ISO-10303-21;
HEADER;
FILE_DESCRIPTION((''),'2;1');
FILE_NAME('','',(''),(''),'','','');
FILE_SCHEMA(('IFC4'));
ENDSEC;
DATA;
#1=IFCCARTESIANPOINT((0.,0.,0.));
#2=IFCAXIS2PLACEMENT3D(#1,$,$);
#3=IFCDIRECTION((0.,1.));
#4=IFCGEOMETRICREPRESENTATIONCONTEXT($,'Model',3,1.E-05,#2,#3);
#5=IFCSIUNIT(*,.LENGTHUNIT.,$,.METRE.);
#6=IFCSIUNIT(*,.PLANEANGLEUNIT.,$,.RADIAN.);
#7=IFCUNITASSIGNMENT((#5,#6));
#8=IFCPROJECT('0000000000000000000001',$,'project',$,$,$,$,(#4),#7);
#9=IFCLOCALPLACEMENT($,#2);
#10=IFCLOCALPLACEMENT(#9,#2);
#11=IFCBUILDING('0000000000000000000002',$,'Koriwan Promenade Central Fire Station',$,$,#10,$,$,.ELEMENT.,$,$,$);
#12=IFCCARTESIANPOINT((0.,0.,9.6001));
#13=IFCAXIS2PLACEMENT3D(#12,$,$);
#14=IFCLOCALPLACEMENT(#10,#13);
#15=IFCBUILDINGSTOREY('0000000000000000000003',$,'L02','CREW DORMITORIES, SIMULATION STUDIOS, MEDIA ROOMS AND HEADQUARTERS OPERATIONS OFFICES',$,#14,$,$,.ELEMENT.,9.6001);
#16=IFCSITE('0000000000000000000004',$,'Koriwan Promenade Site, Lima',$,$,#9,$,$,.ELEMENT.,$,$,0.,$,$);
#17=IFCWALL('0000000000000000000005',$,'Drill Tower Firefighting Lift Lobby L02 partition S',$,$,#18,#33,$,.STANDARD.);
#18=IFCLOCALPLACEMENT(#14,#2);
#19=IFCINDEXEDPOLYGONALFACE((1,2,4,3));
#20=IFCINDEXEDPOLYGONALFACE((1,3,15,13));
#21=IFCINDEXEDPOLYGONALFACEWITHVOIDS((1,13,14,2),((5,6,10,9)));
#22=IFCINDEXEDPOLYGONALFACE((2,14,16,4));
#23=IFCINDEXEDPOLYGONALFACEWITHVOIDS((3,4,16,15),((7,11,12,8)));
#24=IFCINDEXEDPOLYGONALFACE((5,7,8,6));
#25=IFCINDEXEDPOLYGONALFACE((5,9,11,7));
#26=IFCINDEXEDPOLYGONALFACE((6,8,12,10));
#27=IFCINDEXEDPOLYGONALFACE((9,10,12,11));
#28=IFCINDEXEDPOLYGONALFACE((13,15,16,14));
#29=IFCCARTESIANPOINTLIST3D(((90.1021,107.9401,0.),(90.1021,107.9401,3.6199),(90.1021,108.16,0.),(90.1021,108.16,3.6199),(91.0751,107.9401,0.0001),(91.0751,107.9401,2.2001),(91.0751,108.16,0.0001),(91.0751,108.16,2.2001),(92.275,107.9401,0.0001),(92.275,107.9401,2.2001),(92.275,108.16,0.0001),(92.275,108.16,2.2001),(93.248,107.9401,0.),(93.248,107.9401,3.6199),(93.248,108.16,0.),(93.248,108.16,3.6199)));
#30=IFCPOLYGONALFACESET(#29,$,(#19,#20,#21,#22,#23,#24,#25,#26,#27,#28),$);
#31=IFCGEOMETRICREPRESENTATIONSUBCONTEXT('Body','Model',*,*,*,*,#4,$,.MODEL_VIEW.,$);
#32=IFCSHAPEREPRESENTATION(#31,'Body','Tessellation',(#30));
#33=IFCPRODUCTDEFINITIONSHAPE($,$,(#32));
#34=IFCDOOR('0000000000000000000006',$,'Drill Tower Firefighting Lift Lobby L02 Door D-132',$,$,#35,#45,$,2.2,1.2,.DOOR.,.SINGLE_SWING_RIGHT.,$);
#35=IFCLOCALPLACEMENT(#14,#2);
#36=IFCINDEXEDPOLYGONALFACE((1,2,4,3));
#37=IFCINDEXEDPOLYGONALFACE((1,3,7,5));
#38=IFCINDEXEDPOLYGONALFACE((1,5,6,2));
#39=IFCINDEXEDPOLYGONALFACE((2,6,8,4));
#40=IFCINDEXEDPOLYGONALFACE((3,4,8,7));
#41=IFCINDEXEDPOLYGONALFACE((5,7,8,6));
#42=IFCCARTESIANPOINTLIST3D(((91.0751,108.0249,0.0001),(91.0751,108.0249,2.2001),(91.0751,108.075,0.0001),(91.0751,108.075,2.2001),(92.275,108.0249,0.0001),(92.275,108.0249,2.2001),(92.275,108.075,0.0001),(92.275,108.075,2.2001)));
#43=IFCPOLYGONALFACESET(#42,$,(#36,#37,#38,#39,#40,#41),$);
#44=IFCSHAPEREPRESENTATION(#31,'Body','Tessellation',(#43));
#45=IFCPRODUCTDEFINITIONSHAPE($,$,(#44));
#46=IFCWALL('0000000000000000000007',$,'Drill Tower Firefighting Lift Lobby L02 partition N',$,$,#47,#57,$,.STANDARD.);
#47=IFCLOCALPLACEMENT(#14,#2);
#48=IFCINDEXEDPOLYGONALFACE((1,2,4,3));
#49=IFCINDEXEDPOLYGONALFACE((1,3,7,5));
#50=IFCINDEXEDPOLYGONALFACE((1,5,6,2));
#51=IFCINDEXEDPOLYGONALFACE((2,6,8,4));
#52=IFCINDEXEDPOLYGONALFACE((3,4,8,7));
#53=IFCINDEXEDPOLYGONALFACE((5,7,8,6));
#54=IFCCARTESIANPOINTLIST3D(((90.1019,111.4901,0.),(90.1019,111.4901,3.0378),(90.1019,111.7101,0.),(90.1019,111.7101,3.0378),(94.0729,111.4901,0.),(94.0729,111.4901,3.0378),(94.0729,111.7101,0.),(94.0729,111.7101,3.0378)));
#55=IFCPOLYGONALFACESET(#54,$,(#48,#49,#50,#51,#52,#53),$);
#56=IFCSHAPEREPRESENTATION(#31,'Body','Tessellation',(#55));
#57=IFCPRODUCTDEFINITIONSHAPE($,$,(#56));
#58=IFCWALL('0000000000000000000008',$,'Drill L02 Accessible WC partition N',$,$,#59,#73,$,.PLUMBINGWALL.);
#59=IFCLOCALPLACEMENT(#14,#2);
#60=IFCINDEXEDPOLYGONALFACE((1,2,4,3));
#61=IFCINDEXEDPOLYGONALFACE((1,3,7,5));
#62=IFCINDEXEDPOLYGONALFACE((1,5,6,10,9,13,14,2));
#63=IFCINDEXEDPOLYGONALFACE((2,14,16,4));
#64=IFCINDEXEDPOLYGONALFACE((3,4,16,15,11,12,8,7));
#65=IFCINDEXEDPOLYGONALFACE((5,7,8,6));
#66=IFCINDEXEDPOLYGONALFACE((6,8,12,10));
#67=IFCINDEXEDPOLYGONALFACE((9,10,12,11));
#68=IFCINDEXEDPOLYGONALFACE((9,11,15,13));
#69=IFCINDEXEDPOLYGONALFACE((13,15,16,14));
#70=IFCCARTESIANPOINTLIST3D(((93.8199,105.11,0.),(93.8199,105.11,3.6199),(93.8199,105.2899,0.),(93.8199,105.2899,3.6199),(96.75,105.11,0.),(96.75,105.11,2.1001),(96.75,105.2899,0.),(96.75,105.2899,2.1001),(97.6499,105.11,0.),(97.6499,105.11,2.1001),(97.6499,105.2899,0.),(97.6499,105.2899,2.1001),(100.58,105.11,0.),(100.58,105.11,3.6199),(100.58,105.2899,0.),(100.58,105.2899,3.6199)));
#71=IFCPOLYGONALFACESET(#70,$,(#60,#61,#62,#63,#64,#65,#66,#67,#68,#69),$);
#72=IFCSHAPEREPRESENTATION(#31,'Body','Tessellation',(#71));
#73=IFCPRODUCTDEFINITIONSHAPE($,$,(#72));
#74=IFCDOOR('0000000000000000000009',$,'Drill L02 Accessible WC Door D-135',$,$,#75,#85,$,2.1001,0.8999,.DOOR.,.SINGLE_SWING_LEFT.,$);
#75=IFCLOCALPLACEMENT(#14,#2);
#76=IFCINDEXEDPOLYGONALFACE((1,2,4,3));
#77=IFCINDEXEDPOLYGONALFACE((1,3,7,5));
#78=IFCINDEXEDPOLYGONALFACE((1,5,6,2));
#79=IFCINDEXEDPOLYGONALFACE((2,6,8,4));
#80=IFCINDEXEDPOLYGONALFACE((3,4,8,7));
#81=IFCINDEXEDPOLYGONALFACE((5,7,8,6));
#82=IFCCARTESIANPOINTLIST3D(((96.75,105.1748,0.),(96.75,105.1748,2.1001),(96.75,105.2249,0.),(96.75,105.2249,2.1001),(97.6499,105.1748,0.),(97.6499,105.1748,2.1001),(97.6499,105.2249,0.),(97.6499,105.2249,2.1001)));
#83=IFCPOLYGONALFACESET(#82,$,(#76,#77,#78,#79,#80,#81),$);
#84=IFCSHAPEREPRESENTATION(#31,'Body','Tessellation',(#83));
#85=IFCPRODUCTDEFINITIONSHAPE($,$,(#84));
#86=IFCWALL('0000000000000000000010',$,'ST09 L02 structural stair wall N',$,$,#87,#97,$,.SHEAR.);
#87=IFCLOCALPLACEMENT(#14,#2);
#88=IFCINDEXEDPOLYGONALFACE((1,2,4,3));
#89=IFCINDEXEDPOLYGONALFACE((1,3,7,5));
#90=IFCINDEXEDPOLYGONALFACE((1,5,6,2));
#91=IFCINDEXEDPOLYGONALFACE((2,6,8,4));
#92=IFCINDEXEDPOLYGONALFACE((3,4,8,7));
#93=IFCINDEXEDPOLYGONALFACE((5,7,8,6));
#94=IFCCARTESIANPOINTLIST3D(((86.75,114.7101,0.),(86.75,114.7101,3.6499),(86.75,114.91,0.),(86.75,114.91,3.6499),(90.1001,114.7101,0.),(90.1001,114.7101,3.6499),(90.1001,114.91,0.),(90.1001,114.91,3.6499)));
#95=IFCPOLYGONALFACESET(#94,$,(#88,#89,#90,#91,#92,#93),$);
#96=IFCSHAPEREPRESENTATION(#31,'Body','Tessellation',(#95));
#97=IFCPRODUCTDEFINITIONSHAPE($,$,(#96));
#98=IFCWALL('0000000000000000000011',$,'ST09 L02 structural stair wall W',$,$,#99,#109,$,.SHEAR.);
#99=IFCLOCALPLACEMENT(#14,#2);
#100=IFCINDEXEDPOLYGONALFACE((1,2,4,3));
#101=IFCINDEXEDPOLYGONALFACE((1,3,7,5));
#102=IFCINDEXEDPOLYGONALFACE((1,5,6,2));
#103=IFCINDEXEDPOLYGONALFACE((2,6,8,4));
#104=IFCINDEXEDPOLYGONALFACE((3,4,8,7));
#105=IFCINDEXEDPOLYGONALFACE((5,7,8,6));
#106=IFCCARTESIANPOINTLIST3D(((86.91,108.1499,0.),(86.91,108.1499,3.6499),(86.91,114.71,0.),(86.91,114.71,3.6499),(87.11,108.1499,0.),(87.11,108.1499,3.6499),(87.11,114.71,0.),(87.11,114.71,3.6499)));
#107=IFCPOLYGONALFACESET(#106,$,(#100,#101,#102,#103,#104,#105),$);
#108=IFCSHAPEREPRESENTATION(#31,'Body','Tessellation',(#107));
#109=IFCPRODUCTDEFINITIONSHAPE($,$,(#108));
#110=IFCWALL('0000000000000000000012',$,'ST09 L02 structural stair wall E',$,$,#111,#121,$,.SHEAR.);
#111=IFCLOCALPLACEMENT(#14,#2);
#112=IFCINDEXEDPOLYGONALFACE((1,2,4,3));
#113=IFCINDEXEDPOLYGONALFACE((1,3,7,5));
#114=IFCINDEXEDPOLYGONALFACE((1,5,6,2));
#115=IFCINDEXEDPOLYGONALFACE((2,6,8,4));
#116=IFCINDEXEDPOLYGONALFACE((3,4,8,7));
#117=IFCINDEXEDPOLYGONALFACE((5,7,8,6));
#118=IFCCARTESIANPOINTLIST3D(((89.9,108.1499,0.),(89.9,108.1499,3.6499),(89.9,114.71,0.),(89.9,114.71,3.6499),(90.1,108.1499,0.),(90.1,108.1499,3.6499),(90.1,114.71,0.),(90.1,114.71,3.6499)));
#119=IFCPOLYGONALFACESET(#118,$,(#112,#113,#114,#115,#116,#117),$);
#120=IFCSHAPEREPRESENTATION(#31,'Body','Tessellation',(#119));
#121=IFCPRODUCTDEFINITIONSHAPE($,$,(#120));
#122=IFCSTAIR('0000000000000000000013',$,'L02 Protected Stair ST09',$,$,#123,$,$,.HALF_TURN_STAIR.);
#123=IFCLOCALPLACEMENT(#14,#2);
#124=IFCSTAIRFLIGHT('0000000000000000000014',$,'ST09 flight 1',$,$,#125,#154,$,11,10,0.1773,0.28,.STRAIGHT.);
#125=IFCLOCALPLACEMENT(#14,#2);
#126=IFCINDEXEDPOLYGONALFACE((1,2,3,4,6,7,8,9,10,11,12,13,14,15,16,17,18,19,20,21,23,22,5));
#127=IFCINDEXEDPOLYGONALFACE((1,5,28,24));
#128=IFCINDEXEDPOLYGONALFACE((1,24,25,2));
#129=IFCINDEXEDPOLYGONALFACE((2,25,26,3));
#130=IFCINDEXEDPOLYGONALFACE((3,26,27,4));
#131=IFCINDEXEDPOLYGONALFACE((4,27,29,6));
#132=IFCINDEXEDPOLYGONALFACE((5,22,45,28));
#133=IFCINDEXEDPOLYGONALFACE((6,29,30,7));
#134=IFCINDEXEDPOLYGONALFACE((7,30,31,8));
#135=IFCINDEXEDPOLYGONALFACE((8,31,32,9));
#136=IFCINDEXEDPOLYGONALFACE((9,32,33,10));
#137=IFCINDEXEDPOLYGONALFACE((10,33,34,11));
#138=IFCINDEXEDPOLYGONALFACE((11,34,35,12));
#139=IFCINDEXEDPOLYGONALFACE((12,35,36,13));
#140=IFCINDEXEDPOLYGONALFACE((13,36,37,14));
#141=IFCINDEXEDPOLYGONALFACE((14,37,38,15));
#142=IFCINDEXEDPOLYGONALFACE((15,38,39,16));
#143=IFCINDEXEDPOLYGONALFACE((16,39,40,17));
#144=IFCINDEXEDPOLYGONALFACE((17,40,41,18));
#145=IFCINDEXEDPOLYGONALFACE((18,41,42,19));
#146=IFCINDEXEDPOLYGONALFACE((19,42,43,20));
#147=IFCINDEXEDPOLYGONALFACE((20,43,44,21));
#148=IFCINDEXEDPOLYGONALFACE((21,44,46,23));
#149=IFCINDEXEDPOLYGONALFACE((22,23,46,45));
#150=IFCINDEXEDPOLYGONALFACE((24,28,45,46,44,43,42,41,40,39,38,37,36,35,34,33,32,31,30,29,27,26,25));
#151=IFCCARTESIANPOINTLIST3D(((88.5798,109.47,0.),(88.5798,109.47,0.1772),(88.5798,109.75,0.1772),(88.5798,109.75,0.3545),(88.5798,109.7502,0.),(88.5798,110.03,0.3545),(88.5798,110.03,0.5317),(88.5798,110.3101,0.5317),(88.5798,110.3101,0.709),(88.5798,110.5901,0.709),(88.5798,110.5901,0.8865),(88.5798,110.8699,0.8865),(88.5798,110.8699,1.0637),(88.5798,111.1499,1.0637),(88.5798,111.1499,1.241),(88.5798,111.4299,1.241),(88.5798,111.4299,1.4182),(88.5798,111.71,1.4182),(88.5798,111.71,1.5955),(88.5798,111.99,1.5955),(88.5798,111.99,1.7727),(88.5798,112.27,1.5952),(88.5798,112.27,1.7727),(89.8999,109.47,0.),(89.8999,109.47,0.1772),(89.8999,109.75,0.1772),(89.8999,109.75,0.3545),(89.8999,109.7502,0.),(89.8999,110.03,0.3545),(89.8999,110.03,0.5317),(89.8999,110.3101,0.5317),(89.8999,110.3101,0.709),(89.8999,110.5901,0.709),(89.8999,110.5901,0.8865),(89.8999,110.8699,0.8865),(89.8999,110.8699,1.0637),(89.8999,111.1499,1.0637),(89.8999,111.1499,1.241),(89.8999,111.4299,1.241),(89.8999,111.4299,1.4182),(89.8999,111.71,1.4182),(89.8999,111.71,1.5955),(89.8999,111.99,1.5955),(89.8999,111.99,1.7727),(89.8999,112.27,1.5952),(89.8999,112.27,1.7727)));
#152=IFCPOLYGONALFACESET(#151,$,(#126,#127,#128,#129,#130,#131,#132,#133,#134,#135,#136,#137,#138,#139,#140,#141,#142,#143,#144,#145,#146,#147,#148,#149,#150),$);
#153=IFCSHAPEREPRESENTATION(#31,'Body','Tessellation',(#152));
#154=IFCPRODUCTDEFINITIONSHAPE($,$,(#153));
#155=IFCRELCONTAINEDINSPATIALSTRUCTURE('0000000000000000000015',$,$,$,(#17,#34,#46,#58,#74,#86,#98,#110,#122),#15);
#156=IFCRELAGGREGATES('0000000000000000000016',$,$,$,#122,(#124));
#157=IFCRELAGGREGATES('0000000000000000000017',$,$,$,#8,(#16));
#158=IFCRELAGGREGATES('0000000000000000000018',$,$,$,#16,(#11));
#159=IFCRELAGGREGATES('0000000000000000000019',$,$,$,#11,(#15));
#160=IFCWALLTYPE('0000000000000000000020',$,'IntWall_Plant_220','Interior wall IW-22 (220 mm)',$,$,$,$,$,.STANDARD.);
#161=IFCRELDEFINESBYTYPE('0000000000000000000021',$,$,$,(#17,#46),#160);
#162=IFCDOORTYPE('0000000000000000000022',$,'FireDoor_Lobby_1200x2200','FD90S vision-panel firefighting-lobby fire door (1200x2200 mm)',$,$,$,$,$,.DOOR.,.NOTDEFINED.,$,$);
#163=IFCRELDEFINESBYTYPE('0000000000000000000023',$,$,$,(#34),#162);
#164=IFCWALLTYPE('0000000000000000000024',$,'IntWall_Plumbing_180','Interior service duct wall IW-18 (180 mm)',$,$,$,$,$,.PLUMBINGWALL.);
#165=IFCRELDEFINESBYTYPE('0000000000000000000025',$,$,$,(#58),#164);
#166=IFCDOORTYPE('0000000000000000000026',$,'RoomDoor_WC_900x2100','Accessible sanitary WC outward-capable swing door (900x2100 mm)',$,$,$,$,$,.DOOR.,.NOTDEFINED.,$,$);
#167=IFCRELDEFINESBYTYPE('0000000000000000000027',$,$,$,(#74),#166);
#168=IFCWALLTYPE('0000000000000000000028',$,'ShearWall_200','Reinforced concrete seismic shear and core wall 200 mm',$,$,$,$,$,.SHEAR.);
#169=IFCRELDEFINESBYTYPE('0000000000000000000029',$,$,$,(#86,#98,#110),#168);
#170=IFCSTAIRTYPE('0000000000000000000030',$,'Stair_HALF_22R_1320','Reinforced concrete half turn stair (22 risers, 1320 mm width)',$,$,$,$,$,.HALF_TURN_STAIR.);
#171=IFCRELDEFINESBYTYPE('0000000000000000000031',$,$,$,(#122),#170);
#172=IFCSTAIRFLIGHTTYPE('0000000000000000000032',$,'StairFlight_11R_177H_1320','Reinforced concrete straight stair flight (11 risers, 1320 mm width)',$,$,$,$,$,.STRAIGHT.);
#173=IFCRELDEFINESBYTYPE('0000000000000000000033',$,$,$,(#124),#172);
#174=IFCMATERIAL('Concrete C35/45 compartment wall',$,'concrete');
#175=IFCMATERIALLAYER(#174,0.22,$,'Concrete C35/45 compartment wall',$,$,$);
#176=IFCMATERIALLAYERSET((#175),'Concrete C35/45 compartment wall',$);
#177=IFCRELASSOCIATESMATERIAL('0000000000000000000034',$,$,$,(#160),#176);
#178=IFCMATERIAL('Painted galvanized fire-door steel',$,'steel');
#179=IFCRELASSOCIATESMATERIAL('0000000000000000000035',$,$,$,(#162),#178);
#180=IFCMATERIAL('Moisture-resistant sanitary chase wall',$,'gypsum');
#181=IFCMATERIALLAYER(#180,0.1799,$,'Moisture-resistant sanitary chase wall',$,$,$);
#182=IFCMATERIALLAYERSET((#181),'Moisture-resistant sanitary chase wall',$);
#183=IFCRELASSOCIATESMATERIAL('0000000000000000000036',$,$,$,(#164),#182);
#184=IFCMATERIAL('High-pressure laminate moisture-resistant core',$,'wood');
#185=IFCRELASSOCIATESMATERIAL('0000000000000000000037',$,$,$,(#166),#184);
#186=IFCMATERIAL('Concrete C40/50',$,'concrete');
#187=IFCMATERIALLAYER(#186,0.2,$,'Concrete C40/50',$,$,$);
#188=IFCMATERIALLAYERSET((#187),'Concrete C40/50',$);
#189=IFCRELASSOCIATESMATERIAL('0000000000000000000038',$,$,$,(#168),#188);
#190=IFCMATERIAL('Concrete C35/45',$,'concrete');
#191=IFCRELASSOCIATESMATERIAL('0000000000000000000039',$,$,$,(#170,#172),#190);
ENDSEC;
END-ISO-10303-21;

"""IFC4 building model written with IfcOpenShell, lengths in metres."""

from ifc_helpers import new_model, si_unit, direction, frame, frame_2d, origin, place, context, subcontext, project, spatial, polyline, rectangle, outline, extrude, material, layer, layer_set, type_object, element, fill, aggregate, save


model = new_model("IFC4")

# Units and contexts
model_context = context("Model", 3, precision=1e-05, world=origin(), true_north=direction((0.0, 1.0)))
body_context = subcontext(model_context, "Body", "Model", "MODEL_VIEW")
ifc_project = project(units=[si_unit("LENGTHUNIT", "METRE"), si_unit("PLANEANGLEUNIT", "RADIAN")], contexts=[model_context])

# Site, building, storey
site_placement = place(None, origin())
site = spatial("IfcSite", under=ifc_project, at=site_placement, Name="Koriwan Promenade Site, Lima", CompositionType="ELEMENT", RefElevation=0.0)
building_placement = place(site_placement, origin())
building = spatial("IfcBuilding", under=site, at=building_placement, Name="Koriwan Promenade Central Fire Station", CompositionType="ELEMENT")
storey_placement = place(building_placement, frame((0.0, 0.0, 9.6001)))
storey = spatial("IfcBuildingStorey", under=building, at=storey_placement, Name="L02", Description="CREW DORMITORIES, SIMULATION STUDIOS, MEDIA ROOMS AND HEADQUARTERS OPERATIONS OFFICES", CompositionType="ELEMENT", Elevation=9.6001)

# Shared definitions
ifc_material_1 = material(Name="Concrete C40/50", Category="concrete")

# Shared definitions
ifc_material_2 = material(Name="Concrete C35/45", Category="concrete")

# Wall, opening, door
ifc_material_3 = material(Name="Concrete C35/45 compartment wall", Category="concrete")
ifc_layer_1 = layer(ifc_material_3, 0.22, Name="Concrete C35/45 compartment wall")
ifc_layer_set_1 = layer_set([ifc_layer_1], Name="Concrete C35/45 compartment wall")
wall_type_1 = type_object("IfcWallType", Name="IntWall_Plant_220", Description="Interior wall IW-22 (220 mm)", PredefinedType="STANDARD", material=ifc_layer_set_1)
wall_1_placement = place(storey_placement, frame((90.1021, 108.05, 0.0), z_axis=(0.0, 0.0, 1.0), x_axis=(1.0, 0.0, 0.0)))
wall_1 = element("IfcWall", 1, at=wall_1_placement, inside=storey, type_object=wall_type_1, Name="Drill Tower Firefighting Lift Lobby L02 partition S", PredefinedType="STANDARD", context=body_context, shape_type="SweptSolid", body=[
    extrude(rectangle(XDim=3.146, YDim=0.22, at=frame_2d((1.573, 0.0))), origin(), (0.0, 0.0, 1.0), 3.6199),
])
opening_1_placement = place(wall_1_placement, frame((0.9729, 0.0, 0.0)))
opening_1 = element("IfcOpeningElement", 2, at=opening_1_placement, cuts=wall_1, PredefinedType="OPENING", context=body_context, shape_type="SweptSolid", body=[
    extrude(rectangle(XDim=1.2, YDim=2.2, at=frame_2d((0.6001, 1.1001))), frame((0.0, 0.1221, 0.0), z_axis=(0.0, -1.0, 0.0), x_axis=(1.0, 0.0, 0.0)), (0.0, 0.0, 1.0), 0.2439),
])
ifc_material_4 = material(Name="Painted galvanized fire-door steel", Category="steel")
door_type_1 = type_object("IfcDoorType", Name="FireDoor_Lobby_1200x2200", Description="FD90S vision-panel firefighting-lobby fire door (1200x2200 mm)", OperationType="NOTDEFINED", PredefinedType="DOOR", material=ifc_material_4)
door_1_placement = place(opening_1_placement, origin())
door_1 = element("IfcDoor", 3, at=door_1_placement, inside=storey, type_object=door_type_1, Name="Drill Tower Firefighting Lift Lobby L02 Door D-132", OperationType="SINGLE_SWING_RIGHT", OverallHeight=2.2, OverallWidth=1.2, PredefinedType="DOOR", context=body_context, shape_type="SweptSolid", body=[
    extrude(rectangle(XDim=1.2, YDim=2.2, at=frame_2d((0.6001, 1.1001))), frame((0.0, 0.0249, 0.0), z_axis=(0.0, -1.0, 0.0), x_axis=(1.0, 0.0, 0.0)), (0.0, 0.0, 1.0), 0.05),
])
fill(opening_1, door_1)

# Wall
wall_2_placement = place(storey_placement, frame((90.1021, 111.6001, 0.0), z_axis=(0.0, 0.0, 1.0), x_axis=(1.0, 0.0, 0.0)))
element("IfcWall", 4, at=wall_2_placement, inside=storey, type_object=wall_type_1, Name="Drill Tower Firefighting Lift Lobby L02 partition N", PredefinedType="STANDARD", context=body_context, shape_type="SweptSolid", body=[
    extrude(rectangle(XDim=3.9709, YDim=0.22, at=frame_2d((1.9854, 0.0))), origin(), (0.0, 0.0, 1.0), 3.0378),
])

# Wall, opening, door
ifc_material_5 = material(Name="Moisture-resistant sanitary chase wall", Category="gypsum")
ifc_layer_2 = layer(ifc_material_5, 0.1799, Name="Moisture-resistant sanitary chase wall")
ifc_layer_set_2 = layer_set([ifc_layer_2], Name="Moisture-resistant sanitary chase wall")
wall_type_2 = type_object("IfcWallType", Name="IntWall_Plumbing_180", Description="Interior service duct wall IW-18 (180 mm)", PredefinedType="PLUMBINGWALL", material=ifc_layer_set_2)
wall_3_placement = place(storey_placement, frame((93.8201, 105.2, 0.0), z_axis=(0.0, 0.0, 1.0), x_axis=(1.0, 0.0, 0.0)))
wall_3 = element("IfcWall", 5, at=wall_3_placement, inside=storey, type_object=wall_type_2, Name="Drill L02 Accessible WC partition N", PredefinedType="PLUMBINGWALL", context=body_context, shape_type="SweptSolid", body=[
    extrude(rectangle(XDim=6.76, YDim=0.1799, at=frame_2d((3.3799, 0.0))), origin(), (0.0, 0.0, 1.0), 3.6199),
])
opening_2_placement = place(wall_3_placement, frame((2.9299, 0.0, 0.0)))
opening_2 = element("IfcOpeningElement", 6, at=opening_2_placement, cuts=wall_3, PredefinedType="OPENING", context=body_context, shape_type="SweptSolid", body=[
    extrude(rectangle(XDim=0.8999, YDim=2.1001, at=frame_2d((0.45, 1.05))), frame((0.0, 0.1021, 0.0), z_axis=(0.0, -1.0, 0.0), x_axis=(1.0, 0.0, 0.0)), (0.0, 0.0, 1.0), 0.2039),
])
ifc_material_6 = material(Name="High-pressure laminate moisture-resistant core", Category="wood")
door_type_2 = type_object("IfcDoorType", Name="RoomDoor_WC_900x2100", Description="Accessible sanitary WC outward-capable swing door (900x2100 mm)", OperationType="NOTDEFINED", PredefinedType="DOOR", material=ifc_material_6)
door_2_placement = place(opening_2_placement, origin())
door_2 = element("IfcDoor", 7, at=door_2_placement, inside=storey, type_object=door_type_2, Name="Drill L02 Accessible WC Door D-135", OperationType="SINGLE_SWING_LEFT", OverallHeight=2.1001, OverallWidth=0.8999, PredefinedType="DOOR", context=body_context, shape_type="SweptSolid", body=[
    extrude(rectangle(XDim=0.8999, YDim=2.1001, at=frame_2d((0.45, 1.05))), frame((0.0, 0.0249, 0.0), z_axis=(0.0, -1.0, 0.0), x_axis=(1.0, 0.0, 0.0)), (0.0, 0.0, 1.0), 0.05),
])
fill(opening_2, door_2)
ifc_layer_3 = layer(ifc_material_1, 0.2, Name="Concrete C40/50")
ifc_layer_set_3 = layer_set([ifc_layer_3], Name="Concrete C40/50")
wall_type_3 = type_object("IfcWallType", Name="ShearWall_200", Description="Reinforced concrete seismic shear and core wall 200 mm", PredefinedType="SHEAR", material=ifc_layer_set_3)

# Walls
wall_4_placement = place(storey_placement, frame((86.75, 114.8101, 0.0), z_axis=(0.0, 0.0, 1.0), x_axis=(1.0, 0.0, 0.0)))
element("IfcWall", 8, at=wall_4_placement, inside=storey, type_object=wall_type_3, Name="ST09 L02 structural stair wall N", PredefinedType="SHEAR", context=body_context, shape_type="SweptSolid", body=[
    extrude(rectangle(XDim=3.3501, YDim=0.2, at=frame_2d((1.675, 0.0))), origin(), (0.0, 0.0, 1.0), 3.6499),
])
for number, where, z_axis, x_axis, name in (
    (9, (87.01, 108.1499, 0.0), (0.0, 0.0, 1.0), (0.0, 1.0, 0.0), "ST09 L02 structural stair wall W"),
    (10, (90.0, 108.1499, 0.0), (0.0, 0.0, 1.0), (0.0, 1.0, 0.0), "ST09 L02 structural stair wall E"),
):
    element("IfcWall", number, at=place(storey_placement, frame(where, z_axis=z_axis, x_axis=x_axis)), inside=storey, type_object=wall_type_3, Name=name, PredefinedType="SHEAR", context=body_context, shape_type="SweptSolid", body=[
        extrude(rectangle(XDim=6.5601, YDim=0.2, at=frame_2d((3.28, 0.0))), origin(), (0.0, 0.0, 1.0), 3.6499),
    ])

# Stair, stair flight
stair_type = type_object("IfcStairType", Name="Stair_HALF_22R_1320", Description="Reinforced concrete half turn stair (22 risers, 1320 mm width)", PredefinedType="HALF_TURN_STAIR", material=ifc_material_2)
stair_placement = place(storey_placement, origin())
stair = element("IfcStair", 11, at=stair_placement, inside=storey, type_object=stair_type, Name="L02 Protected Stair ST09", PredefinedType="HALF_TURN_STAIR")
stair_flight_type = type_object("IfcStairFlightType", Name="StairFlight_11R_177H_1320", Description="Reinforced concrete straight stair flight (11 risers, 1320 mm width)", PredefinedType="STRAIGHT", material=ifc_material_2)
stair_flight_1_placement = place(storey_placement, frame((89.24, 109.47, 0.0), z_axis=(0.0, 0.0, 1.0), x_axis=(0.0, 1.0, 0.0)))
stair_flight_1 = element("IfcStairFlight", 12, at=stair_flight_1_placement, type_object=stair_flight_type, Name="ST09 flight 1", NumberOfRisers=11, NumberOfTreads=10, PredefinedType="STRAIGHT", RiserHeight=0.1773, TreadLength=0.28, context=body_context, shape_type="SweptSolid", body=[
    extrude(outline(polyline([(0.0, 0.0), (0.0, 0.1772), (0.28, 0.1772), (0.28, 0.3545), (0.5601, 0.3545), (0.5601, 0.5317), (0.8401, 0.5317), (0.8401, 0.709), (1.1201, 0.709), (1.1201, 0.8865), (1.3999, 0.8865), (1.3999, 1.0637), (1.6799, 1.0637), (1.6799, 1.241), (1.96, 1.241), (1.96, 1.4182), (2.24, 1.4182), (2.24, 1.5955), (2.52, 1.5955), (2.52, 1.7727), (2.8, 1.7727), (2.8, 1.95), (2.8, 1.5952), (0.2803, 0.0), (0.0, 0.0)])), frame((0.0, 0.6602, 0.0), z_axis=(0.0, -1.0, 0.0), x_axis=(1.0, 0.0, 0.0)), (0.0, 0.0, 1.0), 1.3201),
])
aggregate(stair, [stair_flight_1])

save(model, "model.ifc")
